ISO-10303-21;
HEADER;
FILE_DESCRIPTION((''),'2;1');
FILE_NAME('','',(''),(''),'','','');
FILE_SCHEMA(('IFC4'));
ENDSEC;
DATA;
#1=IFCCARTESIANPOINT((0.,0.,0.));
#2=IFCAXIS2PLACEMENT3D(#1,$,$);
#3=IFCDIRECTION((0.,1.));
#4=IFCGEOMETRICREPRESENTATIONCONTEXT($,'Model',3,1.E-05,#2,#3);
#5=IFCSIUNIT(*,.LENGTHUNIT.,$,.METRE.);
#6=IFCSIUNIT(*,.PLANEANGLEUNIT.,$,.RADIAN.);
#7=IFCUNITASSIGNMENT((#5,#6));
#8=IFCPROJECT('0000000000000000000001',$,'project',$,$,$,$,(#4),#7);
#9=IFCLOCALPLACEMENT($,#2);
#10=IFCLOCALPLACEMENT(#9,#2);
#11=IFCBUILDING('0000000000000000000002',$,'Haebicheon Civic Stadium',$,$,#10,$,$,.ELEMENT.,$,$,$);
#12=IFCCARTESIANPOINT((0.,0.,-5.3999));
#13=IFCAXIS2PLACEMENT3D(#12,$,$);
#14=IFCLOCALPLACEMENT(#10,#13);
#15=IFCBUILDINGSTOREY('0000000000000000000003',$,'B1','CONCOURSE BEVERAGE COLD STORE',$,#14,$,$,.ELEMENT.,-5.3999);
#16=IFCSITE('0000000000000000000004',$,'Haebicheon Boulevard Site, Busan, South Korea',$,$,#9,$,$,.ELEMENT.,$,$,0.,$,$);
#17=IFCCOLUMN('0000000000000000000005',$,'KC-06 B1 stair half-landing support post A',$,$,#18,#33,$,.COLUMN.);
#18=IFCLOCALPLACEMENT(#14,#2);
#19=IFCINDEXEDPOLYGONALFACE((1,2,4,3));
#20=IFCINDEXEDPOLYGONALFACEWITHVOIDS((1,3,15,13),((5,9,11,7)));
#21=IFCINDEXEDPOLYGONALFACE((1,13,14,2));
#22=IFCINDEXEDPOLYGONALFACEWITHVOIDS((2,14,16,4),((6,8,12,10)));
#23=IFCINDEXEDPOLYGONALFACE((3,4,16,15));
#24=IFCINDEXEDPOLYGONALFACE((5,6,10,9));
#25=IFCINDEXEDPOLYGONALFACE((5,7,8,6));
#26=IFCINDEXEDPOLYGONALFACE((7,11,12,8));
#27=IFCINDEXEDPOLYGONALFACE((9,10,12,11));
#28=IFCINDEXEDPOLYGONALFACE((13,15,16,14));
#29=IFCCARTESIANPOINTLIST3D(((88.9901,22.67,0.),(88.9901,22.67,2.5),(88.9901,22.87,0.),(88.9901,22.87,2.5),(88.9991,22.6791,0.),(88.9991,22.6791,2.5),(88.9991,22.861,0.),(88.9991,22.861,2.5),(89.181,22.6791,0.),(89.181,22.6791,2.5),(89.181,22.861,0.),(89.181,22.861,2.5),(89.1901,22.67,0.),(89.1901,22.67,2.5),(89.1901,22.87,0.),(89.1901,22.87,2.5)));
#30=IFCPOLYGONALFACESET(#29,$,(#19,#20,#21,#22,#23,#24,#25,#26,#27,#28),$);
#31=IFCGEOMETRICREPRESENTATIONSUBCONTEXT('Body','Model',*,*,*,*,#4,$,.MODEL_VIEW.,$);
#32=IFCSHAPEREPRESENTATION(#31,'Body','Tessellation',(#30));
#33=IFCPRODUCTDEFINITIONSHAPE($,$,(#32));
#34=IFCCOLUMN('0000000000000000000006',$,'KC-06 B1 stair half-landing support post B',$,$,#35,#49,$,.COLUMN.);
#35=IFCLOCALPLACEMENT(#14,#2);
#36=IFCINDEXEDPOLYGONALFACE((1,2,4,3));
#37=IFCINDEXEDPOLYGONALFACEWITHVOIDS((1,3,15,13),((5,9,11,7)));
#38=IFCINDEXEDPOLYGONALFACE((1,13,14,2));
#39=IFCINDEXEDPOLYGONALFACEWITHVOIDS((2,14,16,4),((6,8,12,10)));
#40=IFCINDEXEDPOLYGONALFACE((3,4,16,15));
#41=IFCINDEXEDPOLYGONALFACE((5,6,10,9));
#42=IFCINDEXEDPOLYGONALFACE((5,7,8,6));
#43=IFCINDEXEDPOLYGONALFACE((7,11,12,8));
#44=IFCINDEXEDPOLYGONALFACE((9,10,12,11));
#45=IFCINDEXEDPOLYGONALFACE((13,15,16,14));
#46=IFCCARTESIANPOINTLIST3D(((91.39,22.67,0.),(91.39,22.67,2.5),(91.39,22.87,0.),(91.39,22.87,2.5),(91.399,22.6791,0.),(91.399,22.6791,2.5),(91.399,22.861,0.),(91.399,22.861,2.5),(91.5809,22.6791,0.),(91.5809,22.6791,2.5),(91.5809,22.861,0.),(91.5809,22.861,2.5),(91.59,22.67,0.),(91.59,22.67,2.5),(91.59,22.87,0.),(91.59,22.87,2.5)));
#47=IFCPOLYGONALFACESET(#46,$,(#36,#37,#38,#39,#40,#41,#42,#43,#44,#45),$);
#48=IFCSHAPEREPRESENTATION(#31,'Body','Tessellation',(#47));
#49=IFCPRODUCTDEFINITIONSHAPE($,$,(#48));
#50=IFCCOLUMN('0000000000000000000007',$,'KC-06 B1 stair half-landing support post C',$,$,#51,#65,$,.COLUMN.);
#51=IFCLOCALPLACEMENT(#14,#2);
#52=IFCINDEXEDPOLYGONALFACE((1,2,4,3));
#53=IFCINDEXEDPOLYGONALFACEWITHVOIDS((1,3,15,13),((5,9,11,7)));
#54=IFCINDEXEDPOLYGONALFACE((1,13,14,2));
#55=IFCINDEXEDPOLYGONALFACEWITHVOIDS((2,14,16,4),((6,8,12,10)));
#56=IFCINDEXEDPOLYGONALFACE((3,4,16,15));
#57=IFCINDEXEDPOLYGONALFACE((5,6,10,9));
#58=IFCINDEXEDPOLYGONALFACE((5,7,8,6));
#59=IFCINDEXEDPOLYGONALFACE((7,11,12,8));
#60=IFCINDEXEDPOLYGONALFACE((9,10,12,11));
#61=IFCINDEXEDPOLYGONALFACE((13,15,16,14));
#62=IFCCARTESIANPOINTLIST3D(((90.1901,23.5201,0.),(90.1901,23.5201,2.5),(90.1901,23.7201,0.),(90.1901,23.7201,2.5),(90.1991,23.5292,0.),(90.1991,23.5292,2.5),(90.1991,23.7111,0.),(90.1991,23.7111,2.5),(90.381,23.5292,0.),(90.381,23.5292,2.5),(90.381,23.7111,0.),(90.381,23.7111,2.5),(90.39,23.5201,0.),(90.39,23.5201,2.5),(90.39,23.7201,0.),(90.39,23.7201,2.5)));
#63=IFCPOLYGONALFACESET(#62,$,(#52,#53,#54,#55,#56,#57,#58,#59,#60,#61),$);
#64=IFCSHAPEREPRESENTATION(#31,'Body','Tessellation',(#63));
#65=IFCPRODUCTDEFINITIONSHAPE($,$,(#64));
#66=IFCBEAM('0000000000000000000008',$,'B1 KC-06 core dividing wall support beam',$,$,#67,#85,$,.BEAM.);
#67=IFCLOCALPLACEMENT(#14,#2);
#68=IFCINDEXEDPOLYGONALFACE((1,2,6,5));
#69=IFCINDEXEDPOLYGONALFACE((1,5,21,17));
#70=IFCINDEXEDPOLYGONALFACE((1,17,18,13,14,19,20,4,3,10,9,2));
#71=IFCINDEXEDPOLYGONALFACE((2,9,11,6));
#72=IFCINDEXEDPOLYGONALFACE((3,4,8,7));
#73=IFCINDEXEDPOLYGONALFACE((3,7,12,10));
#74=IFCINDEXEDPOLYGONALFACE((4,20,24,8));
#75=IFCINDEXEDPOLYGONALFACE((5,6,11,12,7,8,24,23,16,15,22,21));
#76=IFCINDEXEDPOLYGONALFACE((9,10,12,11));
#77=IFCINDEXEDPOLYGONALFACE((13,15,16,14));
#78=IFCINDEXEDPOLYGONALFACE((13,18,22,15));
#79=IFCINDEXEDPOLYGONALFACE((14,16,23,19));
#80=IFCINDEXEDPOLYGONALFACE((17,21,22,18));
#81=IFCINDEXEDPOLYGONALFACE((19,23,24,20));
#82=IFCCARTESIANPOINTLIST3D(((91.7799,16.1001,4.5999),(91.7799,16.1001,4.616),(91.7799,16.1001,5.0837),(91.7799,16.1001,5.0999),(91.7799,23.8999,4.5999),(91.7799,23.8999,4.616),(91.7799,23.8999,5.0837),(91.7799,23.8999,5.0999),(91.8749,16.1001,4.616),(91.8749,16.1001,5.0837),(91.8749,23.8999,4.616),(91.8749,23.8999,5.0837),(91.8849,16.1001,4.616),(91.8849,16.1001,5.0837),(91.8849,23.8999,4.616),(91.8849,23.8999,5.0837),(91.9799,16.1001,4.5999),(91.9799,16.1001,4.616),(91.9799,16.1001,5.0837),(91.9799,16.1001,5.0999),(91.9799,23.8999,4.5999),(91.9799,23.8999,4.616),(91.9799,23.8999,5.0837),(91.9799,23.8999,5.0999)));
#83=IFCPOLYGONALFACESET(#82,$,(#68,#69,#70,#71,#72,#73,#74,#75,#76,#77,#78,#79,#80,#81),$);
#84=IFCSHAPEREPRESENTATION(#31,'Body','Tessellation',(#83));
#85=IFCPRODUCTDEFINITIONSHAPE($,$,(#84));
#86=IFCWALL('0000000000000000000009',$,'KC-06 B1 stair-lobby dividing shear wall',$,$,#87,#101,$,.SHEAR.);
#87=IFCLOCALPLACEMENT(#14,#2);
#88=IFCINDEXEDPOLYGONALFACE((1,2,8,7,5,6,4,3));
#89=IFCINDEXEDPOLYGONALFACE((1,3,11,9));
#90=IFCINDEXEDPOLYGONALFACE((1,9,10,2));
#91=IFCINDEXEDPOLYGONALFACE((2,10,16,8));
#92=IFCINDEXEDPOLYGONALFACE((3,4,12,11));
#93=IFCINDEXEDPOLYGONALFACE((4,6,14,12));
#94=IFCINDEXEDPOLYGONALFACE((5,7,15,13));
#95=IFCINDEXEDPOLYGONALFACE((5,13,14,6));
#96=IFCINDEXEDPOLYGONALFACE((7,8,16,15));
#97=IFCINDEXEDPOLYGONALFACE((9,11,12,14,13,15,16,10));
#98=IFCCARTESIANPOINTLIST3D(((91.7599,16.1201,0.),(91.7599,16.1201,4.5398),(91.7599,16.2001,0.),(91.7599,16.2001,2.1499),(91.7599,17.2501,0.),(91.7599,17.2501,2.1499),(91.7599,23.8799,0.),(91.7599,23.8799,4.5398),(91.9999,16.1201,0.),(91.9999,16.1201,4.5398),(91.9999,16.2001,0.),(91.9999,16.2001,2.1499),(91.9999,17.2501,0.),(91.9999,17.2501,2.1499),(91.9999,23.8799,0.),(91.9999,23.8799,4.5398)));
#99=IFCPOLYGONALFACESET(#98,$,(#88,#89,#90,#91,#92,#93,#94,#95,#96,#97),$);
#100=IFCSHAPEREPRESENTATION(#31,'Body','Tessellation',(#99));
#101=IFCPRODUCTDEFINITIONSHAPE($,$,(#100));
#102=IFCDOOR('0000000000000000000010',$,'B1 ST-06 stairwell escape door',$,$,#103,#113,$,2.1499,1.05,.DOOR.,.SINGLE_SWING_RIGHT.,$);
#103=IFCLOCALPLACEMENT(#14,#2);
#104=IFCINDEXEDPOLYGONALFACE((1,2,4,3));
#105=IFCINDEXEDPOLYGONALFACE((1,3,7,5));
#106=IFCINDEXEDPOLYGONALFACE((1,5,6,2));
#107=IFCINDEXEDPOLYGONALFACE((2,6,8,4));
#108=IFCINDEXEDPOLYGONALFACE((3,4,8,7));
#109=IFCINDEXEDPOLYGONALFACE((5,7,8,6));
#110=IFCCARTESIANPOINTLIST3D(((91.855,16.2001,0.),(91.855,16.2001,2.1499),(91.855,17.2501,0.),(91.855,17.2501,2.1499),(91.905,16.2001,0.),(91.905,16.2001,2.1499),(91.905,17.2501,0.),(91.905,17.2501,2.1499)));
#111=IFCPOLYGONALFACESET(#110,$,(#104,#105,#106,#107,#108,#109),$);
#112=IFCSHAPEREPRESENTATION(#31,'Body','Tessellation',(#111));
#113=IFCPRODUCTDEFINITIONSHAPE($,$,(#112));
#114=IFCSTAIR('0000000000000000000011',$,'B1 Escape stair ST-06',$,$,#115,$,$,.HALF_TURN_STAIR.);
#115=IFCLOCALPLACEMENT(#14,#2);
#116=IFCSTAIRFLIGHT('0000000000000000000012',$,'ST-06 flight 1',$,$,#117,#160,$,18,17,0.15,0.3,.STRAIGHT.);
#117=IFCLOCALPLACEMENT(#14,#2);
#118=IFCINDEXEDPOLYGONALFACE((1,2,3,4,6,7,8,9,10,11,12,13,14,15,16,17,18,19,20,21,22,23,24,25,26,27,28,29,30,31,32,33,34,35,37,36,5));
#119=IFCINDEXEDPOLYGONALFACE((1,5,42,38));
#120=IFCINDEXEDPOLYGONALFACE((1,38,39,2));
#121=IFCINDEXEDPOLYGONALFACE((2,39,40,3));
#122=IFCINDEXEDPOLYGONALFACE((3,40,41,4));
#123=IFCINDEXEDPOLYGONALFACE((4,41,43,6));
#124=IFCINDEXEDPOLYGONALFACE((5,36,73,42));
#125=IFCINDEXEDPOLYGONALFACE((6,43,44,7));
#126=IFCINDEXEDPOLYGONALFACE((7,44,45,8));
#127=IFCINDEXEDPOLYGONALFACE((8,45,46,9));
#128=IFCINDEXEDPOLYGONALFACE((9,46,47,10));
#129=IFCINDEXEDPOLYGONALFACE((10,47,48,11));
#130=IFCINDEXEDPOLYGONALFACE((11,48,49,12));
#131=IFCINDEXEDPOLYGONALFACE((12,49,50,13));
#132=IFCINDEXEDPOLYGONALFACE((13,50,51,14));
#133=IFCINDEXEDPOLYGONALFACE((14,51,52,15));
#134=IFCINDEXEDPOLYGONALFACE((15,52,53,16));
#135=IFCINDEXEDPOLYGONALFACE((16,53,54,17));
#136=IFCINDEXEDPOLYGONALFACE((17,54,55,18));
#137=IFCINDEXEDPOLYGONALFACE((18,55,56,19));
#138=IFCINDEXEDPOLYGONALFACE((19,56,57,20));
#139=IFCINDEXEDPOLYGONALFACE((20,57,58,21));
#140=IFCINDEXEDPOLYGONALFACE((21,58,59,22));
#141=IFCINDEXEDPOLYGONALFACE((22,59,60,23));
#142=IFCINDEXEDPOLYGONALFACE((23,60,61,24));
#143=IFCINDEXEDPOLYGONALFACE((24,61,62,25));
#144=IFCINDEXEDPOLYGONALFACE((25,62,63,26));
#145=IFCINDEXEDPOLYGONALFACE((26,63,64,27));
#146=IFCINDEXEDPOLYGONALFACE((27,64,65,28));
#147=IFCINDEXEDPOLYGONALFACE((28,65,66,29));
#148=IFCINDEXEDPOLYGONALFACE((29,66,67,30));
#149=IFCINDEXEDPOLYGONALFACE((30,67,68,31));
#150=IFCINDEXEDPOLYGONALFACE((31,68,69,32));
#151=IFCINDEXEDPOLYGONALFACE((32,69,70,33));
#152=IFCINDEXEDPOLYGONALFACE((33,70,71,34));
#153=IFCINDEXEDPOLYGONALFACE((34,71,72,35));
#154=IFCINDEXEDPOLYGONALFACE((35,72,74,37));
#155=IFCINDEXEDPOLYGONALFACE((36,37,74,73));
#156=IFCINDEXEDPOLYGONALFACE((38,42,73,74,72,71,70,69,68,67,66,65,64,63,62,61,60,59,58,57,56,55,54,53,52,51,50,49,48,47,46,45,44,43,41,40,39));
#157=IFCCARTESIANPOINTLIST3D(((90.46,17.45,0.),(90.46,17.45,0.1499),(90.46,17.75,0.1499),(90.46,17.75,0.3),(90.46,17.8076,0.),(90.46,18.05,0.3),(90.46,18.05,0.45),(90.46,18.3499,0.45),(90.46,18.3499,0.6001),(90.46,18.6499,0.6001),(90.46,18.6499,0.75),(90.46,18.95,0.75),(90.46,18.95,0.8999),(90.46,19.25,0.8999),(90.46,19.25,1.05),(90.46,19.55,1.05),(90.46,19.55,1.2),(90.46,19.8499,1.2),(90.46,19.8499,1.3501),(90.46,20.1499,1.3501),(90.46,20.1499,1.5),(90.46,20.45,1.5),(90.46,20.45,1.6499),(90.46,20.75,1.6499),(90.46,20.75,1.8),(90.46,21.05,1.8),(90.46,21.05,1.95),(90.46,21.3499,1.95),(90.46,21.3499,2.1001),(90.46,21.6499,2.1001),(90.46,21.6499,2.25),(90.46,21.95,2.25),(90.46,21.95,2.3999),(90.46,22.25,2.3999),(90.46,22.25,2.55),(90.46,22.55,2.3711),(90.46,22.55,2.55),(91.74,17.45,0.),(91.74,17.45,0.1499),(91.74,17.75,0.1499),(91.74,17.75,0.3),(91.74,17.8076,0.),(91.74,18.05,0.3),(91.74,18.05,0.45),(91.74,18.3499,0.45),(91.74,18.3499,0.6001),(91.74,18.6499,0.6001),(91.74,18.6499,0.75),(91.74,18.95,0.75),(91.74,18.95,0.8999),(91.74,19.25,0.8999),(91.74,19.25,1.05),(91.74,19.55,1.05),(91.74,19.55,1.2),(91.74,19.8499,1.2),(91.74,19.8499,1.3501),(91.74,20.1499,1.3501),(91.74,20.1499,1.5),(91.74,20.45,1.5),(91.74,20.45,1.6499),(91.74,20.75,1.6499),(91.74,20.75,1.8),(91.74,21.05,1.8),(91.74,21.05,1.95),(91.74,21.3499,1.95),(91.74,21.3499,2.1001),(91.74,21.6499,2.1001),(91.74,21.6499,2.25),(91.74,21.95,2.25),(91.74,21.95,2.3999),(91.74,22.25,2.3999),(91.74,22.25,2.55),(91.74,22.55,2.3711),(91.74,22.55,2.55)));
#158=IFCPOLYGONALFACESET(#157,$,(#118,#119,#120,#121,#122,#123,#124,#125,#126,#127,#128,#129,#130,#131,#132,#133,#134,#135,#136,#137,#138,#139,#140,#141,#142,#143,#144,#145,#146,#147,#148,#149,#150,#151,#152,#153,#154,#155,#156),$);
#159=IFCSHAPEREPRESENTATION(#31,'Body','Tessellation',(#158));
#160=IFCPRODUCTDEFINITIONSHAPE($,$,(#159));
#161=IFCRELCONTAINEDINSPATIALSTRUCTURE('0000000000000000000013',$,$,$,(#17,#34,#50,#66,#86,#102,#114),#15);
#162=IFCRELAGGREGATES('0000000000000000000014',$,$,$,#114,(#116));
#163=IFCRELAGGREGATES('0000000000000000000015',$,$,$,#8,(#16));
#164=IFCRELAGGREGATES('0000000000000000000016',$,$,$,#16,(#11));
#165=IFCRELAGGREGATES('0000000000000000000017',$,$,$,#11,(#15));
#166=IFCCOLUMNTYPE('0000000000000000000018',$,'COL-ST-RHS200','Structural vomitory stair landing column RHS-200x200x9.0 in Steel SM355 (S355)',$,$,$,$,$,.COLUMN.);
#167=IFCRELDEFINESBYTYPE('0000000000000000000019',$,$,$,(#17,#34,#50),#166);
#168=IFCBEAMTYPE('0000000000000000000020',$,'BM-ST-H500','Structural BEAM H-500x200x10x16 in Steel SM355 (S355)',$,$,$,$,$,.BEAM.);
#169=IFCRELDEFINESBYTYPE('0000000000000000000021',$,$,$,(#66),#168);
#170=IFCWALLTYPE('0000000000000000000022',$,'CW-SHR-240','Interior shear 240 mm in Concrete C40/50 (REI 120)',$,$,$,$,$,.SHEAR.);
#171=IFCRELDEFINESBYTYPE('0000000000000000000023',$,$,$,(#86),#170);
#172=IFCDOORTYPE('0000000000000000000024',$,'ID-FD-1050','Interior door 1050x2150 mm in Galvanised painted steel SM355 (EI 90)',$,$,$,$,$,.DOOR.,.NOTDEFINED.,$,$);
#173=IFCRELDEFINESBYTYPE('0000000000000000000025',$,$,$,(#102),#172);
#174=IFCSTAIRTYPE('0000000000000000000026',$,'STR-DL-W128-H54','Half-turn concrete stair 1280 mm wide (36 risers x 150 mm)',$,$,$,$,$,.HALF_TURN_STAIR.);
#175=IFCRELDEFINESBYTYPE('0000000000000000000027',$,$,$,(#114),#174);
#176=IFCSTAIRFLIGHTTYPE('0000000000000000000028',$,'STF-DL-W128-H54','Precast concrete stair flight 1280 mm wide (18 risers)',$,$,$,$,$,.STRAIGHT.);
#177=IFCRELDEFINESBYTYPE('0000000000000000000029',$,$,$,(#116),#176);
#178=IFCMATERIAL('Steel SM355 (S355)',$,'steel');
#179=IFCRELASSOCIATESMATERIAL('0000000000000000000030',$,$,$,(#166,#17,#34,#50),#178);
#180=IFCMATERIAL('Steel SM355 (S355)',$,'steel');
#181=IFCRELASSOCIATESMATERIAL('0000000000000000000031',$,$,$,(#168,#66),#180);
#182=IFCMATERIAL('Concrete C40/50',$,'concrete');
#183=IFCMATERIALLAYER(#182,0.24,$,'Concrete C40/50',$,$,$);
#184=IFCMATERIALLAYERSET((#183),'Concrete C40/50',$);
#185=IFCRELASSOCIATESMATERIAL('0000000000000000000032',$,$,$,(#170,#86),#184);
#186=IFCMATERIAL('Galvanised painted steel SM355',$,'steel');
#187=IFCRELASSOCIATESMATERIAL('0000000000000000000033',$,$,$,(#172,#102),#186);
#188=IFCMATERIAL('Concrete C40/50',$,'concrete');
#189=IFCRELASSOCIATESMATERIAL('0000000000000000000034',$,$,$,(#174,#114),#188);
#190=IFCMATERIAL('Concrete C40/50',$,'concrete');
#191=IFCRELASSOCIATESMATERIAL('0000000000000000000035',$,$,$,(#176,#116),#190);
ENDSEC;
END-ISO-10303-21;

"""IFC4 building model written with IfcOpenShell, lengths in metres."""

from ifc_helpers import new_model, si_unit, direction, frame, frame_2d, origin, origin_2d, place, context, subcontext, project, spatial, polyline, rectangle, hollow_rectangle, i_section, outline, extrude, material, layer, layer_set, material_profile, profile_set, type_object, element, fill, aggregate, save


model = new_model("IFC4")

# Units and contexts
model_context = context("Model", 3, precision=1e-05, world=origin(), true_north=direction((0.0, 1.0)))
body_context = subcontext(model_context, "Body", "Model", "MODEL_VIEW")
ifc_project = project(units=[si_unit("LENGTHUNIT", "METRE"), si_unit("PLANEANGLEUNIT", "RADIAN")], contexts=[model_context])

# Site, building, storey
site_placement = place(None, origin())
site = spatial("IfcSite", under=ifc_project, at=site_placement, Name="Haebicheon Boulevard Site, Busan, South Korea", CompositionType="ELEMENT", RefElevation=0.0)
building_placement = place(site_placement, origin())
building = spatial("IfcBuilding", under=site, at=building_placement, Name="Haebicheon Civic Stadium", CompositionType="ELEMENT")
storey_placement = place(building_placement, frame((0.0, 0.0, -5.3999)))
storey = spatial("IfcBuildingStorey", under=building, at=storey_placement, Name="B1", Description="CONCOURSE BEVERAGE COLD STORE", CompositionType="ELEMENT", Elevation=-5.3999)

# Columns
ifc_material_1 = material(Name="Steel SM355 (S355)", Category="steel")
ifc_material_profile_1 = material_profile(ifc_material_1, hollow_rectangle(XDim=0.2, YDim=0.2, WallThickness=0.009, at=origin_2d()), Name="RHS-200x200x9.0")
ifc_profile_set_1 = profile_set([ifc_material_profile_1], Name="Steel SM355 (S355)")
column_type = type_object("IfcColumnType", Name="COL-ST-RHS200", Description="Structural vomitory stair landing column RHS-200x200x9.0 in Steel SM355 (S355)", PredefinedType="COLUMN", material=ifc_profile_set_1)
for number, where, z_axis, x_axis, name in (
    (1, (89.0901, 22.77, 0.0), (0.0, 0.0, 1.0), (1.0, 0.0, 0.0), "KC-06 B1 stair half-landing support post A"),
    (2, (91.49, 22.77, 0.0), (0.0, 0.0, 1.0), (1.0, 0.0, 0.0), "KC-06 B1 stair half-landing support post B"),
    (3, (90.29, 23.6201, 0.0), (0.0, 0.0, 1.0), (1.0, 0.0, 0.0), "KC-06 B1 stair half-landing support post C"),
):
    element("IfcColumn", number, at=place(storey_placement, frame(where, z_axis=z_axis, x_axis=x_axis)), inside=storey, type_object=column_type, material=ifc_profile_set_1, Name=name, PredefinedType="COLUMN", context=body_context, shape_type="SweptSolid", body=[
        extrude(hollow_rectangle(XDim=0.2, YDim=0.2, WallThickness=0.009, at=origin_2d()), origin(), (0.0, 0.0, 1.0), 2.5),
    ])

# Beam
ifc_material_2 = material(Name="Steel SM355 (S355)", Category="steel")
ifc_material_profile_2 = material_profile(ifc_material_2, i_section(OverallWidth=0.2, OverallDepth=0.5, WebThickness=0.01, FlangeThickness=0.0161, at=origin_2d()), Name="H-500x200x10x16")
ifc_profile_set_2 = profile_set([ifc_material_profile_2], Name="Steel SM355 (S355)")
beam_type = type_object("IfcBeamType", Name="BM-ST-H500", Description="Structural BEAM H-500x200x10x16 in Steel SM355 (S355)", PredefinedType="BEAM", material=ifc_profile_set_2)
beam_placement = place(storey_placement, frame((91.8799, 16.1001, 4.8499), z_axis=(0.0, 1.0, 0.0), x_axis=(-1.0, 0.0, 0.0)))
element("IfcBeam", 4, at=beam_placement, inside=storey, type_object=beam_type, material=ifc_profile_set_2, Name="B1 KC-06 core dividing wall support beam", PredefinedType="BEAM", context=body_context, shape_type="SweptSolid", body=[
    extrude(i_section(OverallWidth=0.2, OverallDepth=0.5, WebThickness=0.01, FlangeThickness=0.0161, at=origin_2d()), origin(), (0.0, 0.0, 1.0), 7.7998),
])

# Wall, opening, door
ifc_material_3 = material(Name="Concrete C40/50", Category="concrete")
ifc_layer_1 = layer(ifc_material_3, 0.24, Name="Concrete C40/50")
ifc_layer_set_1 = layer_set([ifc_layer_1], Name="Concrete C40/50")
wall_type = type_object("IfcWallType", Name="CW-SHR-240", Description="Interior shear 240 mm in Concrete C40/50 (REI 120)", PredefinedType="SHEAR", material=ifc_layer_set_1)
wall_1_placement = place(storey_placement, frame((91.8799, 16.1201, 0.0), z_axis=(0.0, 0.0, 1.0), x_axis=(0.0, 1.0, 0.0)))
wall_1 = element("IfcWall", 5, at=wall_1_placement, inside=storey, type_object=wall_type, material=ifc_layer_set_1, Name="KC-06 B1 stair-lobby dividing shear wall", PredefinedType="SHEAR", context=body_context, shape_type="SweptSolid", body=[
    extrude(rectangle(XDim=7.7598, YDim=0.24, at=frame_2d((3.8799, 0.0))), origin(), (0.0, 0.0, 1.0), 4.5398),
])
opening_1_placement = place(wall_1_placement, frame((0.0801, 0.0, 0.0)))
opening_1 = element("IfcOpeningElement", 6, at=opening_1_placement, cuts=wall_1, PredefinedType="OPENING", context=body_context, shape_type="SweptSolid", body=[
    extrude(rectangle(XDim=1.05, YDim=2.1499, at=frame_2d((0.5249, 1.075))), frame((0.0, 0.1299, 0.0), z_axis=(0.0, -1.0, 0.0), x_axis=(1.0, 0.0, 0.0)), (0.0, 0.0, 1.0), 0.26),
])
ifc_material_4 = material(Name="Galvanised painted steel SM355", Category="steel")
door_type_1 = type_object("IfcDoorType", Name="ID-FD-1050", Description="Interior door 1050x2150 mm in Galvanised painted steel SM355 (EI 90)", OperationType="NOTDEFINED", PredefinedType="DOOR", material=ifc_material_4)
door_1_placement = place(opening_1_placement, origin())
door_1 = element("IfcDoor", 7, at=door_1_placement, inside=storey, type_object=door_type_1, material=ifc_material_4, Name="B1 ST-06 stairwell escape door", OperationType="SINGLE_SWING_RIGHT", OverallHeight=2.1499, OverallWidth=1.05, PredefinedType="DOOR", context=body_context, shape_type="SweptSolid", body=[
    extrude(rectangle(XDim=1.05, YDim=2.1499, at=frame_2d((0.5249, 1.075))), frame((0.0, 0.0249, 0.0), z_axis=(0.0, -1.0, 0.0), x_axis=(1.0, 0.0, 0.0)), (0.0, 0.0, 1.0), 0.05),
])
fill(opening_1, door_1)

# Stair, stair flight
ifc_material_5 = material(Name="Concrete C40/50", Category="concrete")
stair_type = type_object("IfcStairType", Name="STR-DL-W128-H54", Description="Half-turn concrete stair 1280 mm wide (36 risers x 150 mm)", PredefinedType="HALF_TURN_STAIR", material=ifc_material_5)
stair_placement = place(storey_placement, origin())
stair = element("IfcStair", 8, at=stair_placement, inside=storey, type_object=stair_type, material=ifc_material_5, Name="B1 Escape stair ST-06", PredefinedType="HALF_TURN_STAIR")
ifc_material_6 = material(Name="Concrete C40/50", Category="concrete")
stair_flight_type = type_object("IfcStairFlightType", Name="STF-DL-W128-H54", Description="Precast concrete stair flight 1280 mm wide (18 risers)", PredefinedType="STRAIGHT", material=ifc_material_6)
stair_flight_1_placement = place(storey_placement, frame((91.1001, 17.45, 0.0), z_axis=(0.0, 0.0, 1.0), x_axis=(0.0, 1.0, 0.0)))
stair_flight_1 = element("IfcStairFlight", 9, at=stair_flight_1_placement, type_object=stair_flight_type, material=ifc_material_6, Name="ST-06 flight 1", NumberOfRisers=18, NumberOfTreads=17, PredefinedType="STRAIGHT", RiserHeight=0.15, TreadLength=0.3, context=body_context, shape_type="SweptSolid", body=[
    extrude(outline(polyline([(0.0, 0.0), (0.0, 0.1499), (0.3, 0.1499), (0.3, 0.3), (0.6001, 0.3), (0.6001, 0.45), (0.8999, 0.45), (0.8999, 0.6001), (1.2, 0.6001), (1.2, 0.75), (1.5, 0.75), (1.5, 0.8999), (1.8, 0.8999), (1.8, 1.05), (2.1001, 1.05), (2.1001, 1.2), (2.3999, 1.2), (2.3999, 1.3501), (2.7, 1.3501), (2.7, 1.5), (3.0, 1.5), (3.0, 1.6499), (3.3, 1.6499), (3.3, 1.8), (3.6001, 1.8), (3.6001, 1.95), (3.8999, 1.95), (3.8999, 2.1001), (4.2, 2.1001), (4.2, 2.25), (4.5, 2.25), (4.5, 2.3999), (4.8, 2.3999), (4.8, 2.55), (5.1001, 2.55), (5.1001, 2.7), (5.1001, 2.3711), (0.3577, 0.0), (0.0, 0.0)])), frame((0.0, 0.6401, 0.0), z_axis=(0.0, -1.0, 0.0), x_axis=(1.0, 0.0, 0.0)), (0.0, 0.0, 1.0), 1.28),
])
aggregate(stair, [stair_flight_1])

save(model, "model.ifc")
